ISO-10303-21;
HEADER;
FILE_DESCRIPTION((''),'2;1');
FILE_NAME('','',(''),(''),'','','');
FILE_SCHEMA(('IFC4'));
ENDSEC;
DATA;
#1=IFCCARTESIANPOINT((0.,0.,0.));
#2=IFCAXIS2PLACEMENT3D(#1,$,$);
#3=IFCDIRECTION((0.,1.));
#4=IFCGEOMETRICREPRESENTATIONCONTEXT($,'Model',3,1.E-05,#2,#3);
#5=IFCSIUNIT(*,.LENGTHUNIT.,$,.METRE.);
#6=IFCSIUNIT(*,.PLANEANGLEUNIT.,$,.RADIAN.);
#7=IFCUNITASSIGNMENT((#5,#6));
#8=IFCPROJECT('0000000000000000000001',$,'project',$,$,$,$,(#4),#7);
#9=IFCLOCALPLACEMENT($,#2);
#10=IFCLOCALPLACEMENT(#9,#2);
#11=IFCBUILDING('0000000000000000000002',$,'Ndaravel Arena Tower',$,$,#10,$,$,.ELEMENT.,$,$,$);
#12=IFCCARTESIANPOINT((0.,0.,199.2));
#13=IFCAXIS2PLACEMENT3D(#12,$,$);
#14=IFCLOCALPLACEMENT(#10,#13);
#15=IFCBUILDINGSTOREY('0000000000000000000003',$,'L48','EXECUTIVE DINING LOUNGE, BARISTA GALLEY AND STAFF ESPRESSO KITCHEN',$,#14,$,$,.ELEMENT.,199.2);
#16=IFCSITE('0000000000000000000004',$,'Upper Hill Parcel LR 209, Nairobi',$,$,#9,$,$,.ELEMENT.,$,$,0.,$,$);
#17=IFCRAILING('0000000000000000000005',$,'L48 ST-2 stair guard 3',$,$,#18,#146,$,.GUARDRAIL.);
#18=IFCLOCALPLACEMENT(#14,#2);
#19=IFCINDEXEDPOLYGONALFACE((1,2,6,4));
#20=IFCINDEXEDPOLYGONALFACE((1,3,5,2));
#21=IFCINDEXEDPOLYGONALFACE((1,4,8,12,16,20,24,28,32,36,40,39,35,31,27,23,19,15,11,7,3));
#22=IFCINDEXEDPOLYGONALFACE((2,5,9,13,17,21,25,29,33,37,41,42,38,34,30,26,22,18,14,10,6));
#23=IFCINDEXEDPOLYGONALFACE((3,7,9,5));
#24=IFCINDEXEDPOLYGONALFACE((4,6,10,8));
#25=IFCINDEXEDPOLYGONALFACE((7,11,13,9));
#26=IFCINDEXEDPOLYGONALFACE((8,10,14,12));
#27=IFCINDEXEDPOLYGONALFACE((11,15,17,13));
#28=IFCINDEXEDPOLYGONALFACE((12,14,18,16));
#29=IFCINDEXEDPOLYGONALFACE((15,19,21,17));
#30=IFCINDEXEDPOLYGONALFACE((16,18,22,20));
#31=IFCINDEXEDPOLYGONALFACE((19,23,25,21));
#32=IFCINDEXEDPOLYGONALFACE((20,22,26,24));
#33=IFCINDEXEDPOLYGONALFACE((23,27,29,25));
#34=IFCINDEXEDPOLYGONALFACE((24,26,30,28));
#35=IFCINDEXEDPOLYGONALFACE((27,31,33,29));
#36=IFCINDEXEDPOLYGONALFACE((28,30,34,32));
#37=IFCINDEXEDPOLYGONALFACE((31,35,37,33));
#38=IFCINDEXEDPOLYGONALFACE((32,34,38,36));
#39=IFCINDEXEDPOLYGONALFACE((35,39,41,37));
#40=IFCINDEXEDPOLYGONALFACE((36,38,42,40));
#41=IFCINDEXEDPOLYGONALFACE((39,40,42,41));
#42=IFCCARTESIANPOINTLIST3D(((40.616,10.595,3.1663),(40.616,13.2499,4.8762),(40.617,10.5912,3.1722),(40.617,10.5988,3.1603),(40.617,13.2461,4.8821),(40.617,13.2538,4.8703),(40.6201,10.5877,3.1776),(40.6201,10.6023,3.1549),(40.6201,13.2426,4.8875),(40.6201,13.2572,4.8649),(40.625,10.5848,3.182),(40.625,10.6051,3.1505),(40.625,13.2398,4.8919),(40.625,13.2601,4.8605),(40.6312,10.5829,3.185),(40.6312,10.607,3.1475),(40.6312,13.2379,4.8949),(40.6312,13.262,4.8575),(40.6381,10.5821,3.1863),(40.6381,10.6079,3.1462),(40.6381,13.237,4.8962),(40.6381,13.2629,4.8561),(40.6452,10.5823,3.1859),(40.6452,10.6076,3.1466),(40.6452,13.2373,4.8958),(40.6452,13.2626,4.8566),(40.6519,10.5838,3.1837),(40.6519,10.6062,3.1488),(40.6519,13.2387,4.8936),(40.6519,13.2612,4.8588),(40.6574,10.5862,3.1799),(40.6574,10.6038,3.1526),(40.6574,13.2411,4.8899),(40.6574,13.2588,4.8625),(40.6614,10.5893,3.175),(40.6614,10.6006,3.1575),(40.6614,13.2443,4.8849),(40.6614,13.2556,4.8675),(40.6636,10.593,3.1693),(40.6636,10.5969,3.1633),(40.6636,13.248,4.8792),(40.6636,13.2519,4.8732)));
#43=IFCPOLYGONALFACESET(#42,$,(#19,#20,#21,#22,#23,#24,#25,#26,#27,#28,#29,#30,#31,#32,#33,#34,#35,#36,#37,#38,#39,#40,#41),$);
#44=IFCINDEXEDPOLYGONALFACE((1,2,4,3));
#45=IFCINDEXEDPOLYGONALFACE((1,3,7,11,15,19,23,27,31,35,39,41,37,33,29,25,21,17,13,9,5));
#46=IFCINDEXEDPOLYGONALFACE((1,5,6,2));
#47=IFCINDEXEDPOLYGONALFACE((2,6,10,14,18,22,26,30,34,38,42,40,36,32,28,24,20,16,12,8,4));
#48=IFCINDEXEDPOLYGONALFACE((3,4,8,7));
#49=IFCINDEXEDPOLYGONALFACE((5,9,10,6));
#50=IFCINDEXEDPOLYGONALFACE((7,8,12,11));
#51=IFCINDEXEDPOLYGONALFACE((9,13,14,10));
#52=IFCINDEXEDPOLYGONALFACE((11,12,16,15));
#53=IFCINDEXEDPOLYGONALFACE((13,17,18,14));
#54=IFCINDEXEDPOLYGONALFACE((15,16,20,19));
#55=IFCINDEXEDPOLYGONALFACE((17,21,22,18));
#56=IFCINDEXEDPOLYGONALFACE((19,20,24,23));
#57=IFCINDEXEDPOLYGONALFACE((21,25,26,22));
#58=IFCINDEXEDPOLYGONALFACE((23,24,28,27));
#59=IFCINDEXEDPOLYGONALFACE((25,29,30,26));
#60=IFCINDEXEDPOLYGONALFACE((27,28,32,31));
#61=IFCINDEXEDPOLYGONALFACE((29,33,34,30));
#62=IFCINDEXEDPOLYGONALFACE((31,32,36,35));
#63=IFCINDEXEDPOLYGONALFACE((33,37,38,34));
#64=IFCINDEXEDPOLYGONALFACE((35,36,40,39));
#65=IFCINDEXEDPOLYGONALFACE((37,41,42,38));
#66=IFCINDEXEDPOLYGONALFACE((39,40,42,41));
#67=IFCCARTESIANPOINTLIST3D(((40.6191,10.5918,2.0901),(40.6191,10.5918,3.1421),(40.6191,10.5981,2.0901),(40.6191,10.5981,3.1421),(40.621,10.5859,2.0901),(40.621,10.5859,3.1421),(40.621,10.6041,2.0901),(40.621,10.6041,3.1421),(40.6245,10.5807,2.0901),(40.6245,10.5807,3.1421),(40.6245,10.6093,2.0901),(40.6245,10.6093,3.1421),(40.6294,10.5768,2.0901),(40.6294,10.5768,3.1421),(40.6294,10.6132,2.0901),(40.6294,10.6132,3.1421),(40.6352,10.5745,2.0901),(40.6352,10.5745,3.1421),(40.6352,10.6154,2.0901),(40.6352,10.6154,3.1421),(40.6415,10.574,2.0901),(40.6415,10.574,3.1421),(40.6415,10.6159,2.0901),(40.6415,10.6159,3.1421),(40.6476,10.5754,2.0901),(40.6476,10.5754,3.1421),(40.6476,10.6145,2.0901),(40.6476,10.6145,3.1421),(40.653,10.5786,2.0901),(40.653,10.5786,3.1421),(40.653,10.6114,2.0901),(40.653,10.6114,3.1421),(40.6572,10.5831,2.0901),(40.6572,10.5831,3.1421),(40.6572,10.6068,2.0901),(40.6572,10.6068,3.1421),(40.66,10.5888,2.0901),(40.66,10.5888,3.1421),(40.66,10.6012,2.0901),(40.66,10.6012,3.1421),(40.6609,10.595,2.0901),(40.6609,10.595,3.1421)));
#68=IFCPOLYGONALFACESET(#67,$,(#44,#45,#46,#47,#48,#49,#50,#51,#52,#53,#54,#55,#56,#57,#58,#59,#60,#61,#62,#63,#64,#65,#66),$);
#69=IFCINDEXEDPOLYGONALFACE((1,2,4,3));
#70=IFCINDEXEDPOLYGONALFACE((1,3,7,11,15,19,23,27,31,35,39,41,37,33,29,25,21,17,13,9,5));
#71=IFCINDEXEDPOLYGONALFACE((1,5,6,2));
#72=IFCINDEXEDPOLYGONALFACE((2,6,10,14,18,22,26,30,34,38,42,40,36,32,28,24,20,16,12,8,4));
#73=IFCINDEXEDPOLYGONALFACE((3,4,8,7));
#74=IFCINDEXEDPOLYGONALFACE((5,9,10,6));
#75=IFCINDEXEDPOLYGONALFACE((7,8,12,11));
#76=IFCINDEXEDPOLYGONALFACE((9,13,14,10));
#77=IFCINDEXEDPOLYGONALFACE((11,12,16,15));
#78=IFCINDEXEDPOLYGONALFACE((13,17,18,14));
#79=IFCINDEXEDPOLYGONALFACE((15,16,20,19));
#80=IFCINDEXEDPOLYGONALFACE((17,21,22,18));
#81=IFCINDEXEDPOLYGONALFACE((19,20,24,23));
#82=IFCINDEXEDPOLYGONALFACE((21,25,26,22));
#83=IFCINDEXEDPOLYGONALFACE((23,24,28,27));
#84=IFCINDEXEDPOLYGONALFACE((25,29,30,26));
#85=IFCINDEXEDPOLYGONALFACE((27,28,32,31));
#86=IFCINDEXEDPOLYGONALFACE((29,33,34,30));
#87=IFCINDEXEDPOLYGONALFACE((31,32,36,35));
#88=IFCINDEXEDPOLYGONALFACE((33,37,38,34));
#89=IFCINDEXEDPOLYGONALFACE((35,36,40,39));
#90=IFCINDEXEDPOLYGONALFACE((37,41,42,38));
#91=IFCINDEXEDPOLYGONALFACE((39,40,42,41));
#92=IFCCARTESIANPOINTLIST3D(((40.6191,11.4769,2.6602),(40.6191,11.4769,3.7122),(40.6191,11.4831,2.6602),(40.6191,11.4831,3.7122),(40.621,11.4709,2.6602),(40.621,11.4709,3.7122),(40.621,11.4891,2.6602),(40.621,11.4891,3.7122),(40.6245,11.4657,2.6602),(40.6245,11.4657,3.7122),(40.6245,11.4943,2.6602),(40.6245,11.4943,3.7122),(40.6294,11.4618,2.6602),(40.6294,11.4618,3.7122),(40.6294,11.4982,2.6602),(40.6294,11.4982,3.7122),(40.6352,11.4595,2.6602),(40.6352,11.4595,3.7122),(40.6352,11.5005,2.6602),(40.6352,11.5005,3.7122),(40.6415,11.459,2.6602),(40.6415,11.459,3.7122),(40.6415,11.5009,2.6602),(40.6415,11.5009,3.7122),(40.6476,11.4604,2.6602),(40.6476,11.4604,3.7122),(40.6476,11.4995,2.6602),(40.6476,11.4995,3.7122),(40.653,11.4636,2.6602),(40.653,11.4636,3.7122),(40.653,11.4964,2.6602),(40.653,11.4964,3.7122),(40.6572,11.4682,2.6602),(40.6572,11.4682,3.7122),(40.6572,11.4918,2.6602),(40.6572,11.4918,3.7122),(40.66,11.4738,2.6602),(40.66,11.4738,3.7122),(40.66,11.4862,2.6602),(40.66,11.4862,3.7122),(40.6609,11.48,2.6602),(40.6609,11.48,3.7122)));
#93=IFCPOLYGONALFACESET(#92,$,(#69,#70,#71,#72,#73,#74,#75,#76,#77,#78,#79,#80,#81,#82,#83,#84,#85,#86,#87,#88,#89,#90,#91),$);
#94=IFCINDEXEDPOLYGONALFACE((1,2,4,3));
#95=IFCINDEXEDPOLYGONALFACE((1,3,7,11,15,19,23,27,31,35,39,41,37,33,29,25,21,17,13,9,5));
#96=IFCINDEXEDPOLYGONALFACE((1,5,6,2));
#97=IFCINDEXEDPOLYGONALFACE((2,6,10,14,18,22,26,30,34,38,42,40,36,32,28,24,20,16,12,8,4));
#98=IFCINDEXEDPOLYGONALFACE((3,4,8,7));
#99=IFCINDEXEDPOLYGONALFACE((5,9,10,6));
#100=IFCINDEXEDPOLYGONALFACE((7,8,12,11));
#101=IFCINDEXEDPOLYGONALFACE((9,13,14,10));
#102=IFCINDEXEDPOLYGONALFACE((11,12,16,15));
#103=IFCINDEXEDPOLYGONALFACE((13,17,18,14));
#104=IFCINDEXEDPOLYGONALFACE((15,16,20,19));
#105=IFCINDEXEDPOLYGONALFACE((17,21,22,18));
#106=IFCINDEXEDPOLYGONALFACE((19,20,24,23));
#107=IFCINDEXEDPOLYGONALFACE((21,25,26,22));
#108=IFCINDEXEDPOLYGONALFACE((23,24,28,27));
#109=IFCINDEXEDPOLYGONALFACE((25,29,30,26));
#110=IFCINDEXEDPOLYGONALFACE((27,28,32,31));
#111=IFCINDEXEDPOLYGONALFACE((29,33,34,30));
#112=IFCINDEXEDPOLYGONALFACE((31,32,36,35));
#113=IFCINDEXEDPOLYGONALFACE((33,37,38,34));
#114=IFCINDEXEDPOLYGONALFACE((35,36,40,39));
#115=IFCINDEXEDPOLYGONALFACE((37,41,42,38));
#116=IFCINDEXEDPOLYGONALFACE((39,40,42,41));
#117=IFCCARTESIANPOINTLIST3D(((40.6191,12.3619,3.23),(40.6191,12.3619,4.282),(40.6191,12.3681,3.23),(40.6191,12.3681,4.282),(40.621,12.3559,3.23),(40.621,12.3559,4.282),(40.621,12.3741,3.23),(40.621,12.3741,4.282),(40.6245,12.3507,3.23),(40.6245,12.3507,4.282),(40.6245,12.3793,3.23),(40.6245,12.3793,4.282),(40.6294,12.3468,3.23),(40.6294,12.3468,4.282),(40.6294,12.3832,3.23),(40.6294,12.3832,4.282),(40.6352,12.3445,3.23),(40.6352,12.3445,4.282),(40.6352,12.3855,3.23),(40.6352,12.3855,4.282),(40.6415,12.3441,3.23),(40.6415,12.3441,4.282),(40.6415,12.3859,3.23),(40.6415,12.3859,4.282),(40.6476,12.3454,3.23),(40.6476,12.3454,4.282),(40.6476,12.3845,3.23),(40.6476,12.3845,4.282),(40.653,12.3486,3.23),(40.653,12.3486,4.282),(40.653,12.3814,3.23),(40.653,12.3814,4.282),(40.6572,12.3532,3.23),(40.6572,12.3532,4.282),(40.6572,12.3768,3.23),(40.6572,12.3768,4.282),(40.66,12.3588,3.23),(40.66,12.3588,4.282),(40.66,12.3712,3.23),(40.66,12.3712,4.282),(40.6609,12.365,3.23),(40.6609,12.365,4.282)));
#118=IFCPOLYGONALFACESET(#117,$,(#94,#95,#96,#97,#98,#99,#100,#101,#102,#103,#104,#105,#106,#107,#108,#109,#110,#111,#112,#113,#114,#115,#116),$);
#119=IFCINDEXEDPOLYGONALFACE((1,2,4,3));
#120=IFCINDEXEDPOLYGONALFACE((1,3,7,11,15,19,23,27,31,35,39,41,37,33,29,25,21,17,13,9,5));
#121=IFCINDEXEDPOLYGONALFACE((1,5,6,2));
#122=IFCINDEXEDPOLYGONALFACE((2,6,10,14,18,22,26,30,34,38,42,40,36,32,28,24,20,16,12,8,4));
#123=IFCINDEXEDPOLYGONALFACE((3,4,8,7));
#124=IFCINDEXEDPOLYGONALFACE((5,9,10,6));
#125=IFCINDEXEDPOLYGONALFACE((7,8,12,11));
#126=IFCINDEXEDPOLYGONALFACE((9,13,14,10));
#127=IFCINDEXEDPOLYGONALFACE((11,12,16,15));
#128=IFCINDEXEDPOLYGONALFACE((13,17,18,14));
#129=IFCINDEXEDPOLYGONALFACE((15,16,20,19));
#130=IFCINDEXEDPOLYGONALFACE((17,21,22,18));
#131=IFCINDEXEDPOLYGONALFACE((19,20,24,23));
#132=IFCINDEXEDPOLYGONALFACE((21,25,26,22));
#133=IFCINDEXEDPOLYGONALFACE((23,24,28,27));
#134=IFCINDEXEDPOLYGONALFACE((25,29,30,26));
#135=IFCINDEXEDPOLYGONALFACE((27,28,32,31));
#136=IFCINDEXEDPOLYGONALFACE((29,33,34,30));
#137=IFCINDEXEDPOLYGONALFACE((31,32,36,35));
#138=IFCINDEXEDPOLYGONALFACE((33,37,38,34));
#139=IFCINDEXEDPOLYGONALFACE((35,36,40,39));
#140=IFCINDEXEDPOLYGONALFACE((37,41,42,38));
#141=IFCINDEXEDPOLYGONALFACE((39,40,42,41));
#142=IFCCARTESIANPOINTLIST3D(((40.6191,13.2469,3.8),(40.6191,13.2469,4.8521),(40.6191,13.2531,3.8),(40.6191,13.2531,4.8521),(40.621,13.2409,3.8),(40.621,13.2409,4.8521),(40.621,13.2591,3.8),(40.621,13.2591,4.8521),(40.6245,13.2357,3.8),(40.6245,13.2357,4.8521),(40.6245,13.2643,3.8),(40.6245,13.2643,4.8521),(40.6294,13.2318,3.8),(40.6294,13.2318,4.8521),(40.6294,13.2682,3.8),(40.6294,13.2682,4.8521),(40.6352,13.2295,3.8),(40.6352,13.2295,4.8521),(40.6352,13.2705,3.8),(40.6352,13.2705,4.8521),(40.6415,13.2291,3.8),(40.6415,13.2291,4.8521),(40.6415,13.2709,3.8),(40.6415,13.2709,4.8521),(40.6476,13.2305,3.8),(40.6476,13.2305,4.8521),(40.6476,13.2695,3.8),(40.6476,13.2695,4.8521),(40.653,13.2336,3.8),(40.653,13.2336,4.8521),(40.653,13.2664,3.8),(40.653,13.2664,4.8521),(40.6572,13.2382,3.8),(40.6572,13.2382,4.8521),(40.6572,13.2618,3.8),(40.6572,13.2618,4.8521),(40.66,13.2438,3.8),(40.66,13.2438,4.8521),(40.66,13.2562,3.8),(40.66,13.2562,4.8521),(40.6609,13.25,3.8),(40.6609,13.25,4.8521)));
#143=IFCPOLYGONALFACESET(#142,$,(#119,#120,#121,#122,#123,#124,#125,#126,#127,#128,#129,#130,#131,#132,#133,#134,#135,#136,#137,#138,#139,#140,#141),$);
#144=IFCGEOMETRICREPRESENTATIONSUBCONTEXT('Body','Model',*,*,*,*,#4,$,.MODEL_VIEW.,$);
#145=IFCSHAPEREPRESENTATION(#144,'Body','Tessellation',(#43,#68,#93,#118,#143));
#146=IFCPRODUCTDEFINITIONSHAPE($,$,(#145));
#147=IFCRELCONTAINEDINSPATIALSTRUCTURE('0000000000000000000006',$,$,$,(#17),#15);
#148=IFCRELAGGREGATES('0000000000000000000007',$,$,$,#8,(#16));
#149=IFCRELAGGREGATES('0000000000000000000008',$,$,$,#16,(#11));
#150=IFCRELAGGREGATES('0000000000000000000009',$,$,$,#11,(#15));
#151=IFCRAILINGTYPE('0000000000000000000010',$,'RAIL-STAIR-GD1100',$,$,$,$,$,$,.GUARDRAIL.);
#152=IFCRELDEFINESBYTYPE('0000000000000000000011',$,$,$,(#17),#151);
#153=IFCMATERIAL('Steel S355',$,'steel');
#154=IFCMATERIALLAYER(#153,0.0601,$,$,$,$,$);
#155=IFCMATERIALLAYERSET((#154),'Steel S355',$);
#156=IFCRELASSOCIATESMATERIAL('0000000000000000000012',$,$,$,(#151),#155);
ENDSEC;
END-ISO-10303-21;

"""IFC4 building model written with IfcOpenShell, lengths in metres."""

from ifc_helpers import new_model, si_unit, direction, frame, origin, origin_2d, place, context, subcontext, project, spatial, circle, extrude, material, layer, layer_set, type_object, element, save


model = new_model("IFC4")

# Units and contexts
model_context = context("Model", 3, precision=1e-05, world=origin(), true_north=direction((0.0, 1.0)))
body_context = subcontext(model_context, "Body", "Model", "MODEL_VIEW")
ifc_project = project(units=[si_unit("LENGTHUNIT", "METRE"), si_unit("PLANEANGLEUNIT", "RADIAN")], contexts=[model_context])

# Site, building, storey
site_placement = place(None, origin())
site = spatial("IfcSite", under=ifc_project, at=site_placement, Name="Upper Hill Parcel LR 209, Nairobi", CompositionType="ELEMENT", RefElevation=0.0)
building_placement = place(site_placement, origin())
building = spatial("IfcBuilding", under=site, at=building_placement, Name="Ndaravel Arena Tower", CompositionType="ELEMENT")
storey_placement = place(building_placement, frame((0.0, 0.0, 199.2)))
storey = spatial("IfcBuildingStorey", under=building, at=storey_placement, Name="L48", Description="EXECUTIVE DINING LOUNGE, BARISTA GALLEY AND STAFF ESPRESSO KITCHEN", CompositionType="ELEMENT", Elevation=199.2)

# Railing
ifc_material_1 = material(Name="Steel S355", Category="steel")
ifc_layer_1 = layer(ifc_material_1, 0.0601)
ifc_layer_set_1 = layer_set([ifc_layer_1], Name="Steel S355")
railing_type_1 = type_object("IfcRailingType", Name="RAIL-STAIR-GD1100", PredefinedType="GUARDRAIL", material=ifc_layer_set_1)
railing_1_placement = place(storey_placement, frame((40.6399, 10.595, 2.0901)))
element("IfcRailing", 1, at=railing_1_placement, inside=storey, type_object=railing_type_1, Name="L48 ST-2 stair guard 3", PredefinedType="GUARDRAIL", context=body_context, shape_type="SweptSolid", body=[
    extrude(circle(Radius=0.0239, at=origin_2d()), frame((0.0, 0.0, 1.0762), z_axis=(0.0, 0.840724, 0.541465), x_axis=(-1.0, 0.0, 0.0)), (0.0, 0.0, 1.0), 3.158),
    extrude(circle(Radius=0.021, at=origin_2d()), origin(), (0.0, 0.0, 1.0), 1.052),
    extrude(circle(Radius=0.021, at=origin_2d()), frame((0.0, 0.885, 0.5701)), (0.0, 0.0, 1.0), 1.052),
    extrude(circle(Radius=0.021, at=origin_2d()), frame((0.0, 1.77, 1.1399)), (0.0, 0.0, 1.0), 1.052),
    extrude(circle(Radius=0.021, at=origin_2d()), frame((0.0, 2.655, 1.71)), (0.0, 0.0, 1.0), 1.052),
])

save(model, "model.ifc")
